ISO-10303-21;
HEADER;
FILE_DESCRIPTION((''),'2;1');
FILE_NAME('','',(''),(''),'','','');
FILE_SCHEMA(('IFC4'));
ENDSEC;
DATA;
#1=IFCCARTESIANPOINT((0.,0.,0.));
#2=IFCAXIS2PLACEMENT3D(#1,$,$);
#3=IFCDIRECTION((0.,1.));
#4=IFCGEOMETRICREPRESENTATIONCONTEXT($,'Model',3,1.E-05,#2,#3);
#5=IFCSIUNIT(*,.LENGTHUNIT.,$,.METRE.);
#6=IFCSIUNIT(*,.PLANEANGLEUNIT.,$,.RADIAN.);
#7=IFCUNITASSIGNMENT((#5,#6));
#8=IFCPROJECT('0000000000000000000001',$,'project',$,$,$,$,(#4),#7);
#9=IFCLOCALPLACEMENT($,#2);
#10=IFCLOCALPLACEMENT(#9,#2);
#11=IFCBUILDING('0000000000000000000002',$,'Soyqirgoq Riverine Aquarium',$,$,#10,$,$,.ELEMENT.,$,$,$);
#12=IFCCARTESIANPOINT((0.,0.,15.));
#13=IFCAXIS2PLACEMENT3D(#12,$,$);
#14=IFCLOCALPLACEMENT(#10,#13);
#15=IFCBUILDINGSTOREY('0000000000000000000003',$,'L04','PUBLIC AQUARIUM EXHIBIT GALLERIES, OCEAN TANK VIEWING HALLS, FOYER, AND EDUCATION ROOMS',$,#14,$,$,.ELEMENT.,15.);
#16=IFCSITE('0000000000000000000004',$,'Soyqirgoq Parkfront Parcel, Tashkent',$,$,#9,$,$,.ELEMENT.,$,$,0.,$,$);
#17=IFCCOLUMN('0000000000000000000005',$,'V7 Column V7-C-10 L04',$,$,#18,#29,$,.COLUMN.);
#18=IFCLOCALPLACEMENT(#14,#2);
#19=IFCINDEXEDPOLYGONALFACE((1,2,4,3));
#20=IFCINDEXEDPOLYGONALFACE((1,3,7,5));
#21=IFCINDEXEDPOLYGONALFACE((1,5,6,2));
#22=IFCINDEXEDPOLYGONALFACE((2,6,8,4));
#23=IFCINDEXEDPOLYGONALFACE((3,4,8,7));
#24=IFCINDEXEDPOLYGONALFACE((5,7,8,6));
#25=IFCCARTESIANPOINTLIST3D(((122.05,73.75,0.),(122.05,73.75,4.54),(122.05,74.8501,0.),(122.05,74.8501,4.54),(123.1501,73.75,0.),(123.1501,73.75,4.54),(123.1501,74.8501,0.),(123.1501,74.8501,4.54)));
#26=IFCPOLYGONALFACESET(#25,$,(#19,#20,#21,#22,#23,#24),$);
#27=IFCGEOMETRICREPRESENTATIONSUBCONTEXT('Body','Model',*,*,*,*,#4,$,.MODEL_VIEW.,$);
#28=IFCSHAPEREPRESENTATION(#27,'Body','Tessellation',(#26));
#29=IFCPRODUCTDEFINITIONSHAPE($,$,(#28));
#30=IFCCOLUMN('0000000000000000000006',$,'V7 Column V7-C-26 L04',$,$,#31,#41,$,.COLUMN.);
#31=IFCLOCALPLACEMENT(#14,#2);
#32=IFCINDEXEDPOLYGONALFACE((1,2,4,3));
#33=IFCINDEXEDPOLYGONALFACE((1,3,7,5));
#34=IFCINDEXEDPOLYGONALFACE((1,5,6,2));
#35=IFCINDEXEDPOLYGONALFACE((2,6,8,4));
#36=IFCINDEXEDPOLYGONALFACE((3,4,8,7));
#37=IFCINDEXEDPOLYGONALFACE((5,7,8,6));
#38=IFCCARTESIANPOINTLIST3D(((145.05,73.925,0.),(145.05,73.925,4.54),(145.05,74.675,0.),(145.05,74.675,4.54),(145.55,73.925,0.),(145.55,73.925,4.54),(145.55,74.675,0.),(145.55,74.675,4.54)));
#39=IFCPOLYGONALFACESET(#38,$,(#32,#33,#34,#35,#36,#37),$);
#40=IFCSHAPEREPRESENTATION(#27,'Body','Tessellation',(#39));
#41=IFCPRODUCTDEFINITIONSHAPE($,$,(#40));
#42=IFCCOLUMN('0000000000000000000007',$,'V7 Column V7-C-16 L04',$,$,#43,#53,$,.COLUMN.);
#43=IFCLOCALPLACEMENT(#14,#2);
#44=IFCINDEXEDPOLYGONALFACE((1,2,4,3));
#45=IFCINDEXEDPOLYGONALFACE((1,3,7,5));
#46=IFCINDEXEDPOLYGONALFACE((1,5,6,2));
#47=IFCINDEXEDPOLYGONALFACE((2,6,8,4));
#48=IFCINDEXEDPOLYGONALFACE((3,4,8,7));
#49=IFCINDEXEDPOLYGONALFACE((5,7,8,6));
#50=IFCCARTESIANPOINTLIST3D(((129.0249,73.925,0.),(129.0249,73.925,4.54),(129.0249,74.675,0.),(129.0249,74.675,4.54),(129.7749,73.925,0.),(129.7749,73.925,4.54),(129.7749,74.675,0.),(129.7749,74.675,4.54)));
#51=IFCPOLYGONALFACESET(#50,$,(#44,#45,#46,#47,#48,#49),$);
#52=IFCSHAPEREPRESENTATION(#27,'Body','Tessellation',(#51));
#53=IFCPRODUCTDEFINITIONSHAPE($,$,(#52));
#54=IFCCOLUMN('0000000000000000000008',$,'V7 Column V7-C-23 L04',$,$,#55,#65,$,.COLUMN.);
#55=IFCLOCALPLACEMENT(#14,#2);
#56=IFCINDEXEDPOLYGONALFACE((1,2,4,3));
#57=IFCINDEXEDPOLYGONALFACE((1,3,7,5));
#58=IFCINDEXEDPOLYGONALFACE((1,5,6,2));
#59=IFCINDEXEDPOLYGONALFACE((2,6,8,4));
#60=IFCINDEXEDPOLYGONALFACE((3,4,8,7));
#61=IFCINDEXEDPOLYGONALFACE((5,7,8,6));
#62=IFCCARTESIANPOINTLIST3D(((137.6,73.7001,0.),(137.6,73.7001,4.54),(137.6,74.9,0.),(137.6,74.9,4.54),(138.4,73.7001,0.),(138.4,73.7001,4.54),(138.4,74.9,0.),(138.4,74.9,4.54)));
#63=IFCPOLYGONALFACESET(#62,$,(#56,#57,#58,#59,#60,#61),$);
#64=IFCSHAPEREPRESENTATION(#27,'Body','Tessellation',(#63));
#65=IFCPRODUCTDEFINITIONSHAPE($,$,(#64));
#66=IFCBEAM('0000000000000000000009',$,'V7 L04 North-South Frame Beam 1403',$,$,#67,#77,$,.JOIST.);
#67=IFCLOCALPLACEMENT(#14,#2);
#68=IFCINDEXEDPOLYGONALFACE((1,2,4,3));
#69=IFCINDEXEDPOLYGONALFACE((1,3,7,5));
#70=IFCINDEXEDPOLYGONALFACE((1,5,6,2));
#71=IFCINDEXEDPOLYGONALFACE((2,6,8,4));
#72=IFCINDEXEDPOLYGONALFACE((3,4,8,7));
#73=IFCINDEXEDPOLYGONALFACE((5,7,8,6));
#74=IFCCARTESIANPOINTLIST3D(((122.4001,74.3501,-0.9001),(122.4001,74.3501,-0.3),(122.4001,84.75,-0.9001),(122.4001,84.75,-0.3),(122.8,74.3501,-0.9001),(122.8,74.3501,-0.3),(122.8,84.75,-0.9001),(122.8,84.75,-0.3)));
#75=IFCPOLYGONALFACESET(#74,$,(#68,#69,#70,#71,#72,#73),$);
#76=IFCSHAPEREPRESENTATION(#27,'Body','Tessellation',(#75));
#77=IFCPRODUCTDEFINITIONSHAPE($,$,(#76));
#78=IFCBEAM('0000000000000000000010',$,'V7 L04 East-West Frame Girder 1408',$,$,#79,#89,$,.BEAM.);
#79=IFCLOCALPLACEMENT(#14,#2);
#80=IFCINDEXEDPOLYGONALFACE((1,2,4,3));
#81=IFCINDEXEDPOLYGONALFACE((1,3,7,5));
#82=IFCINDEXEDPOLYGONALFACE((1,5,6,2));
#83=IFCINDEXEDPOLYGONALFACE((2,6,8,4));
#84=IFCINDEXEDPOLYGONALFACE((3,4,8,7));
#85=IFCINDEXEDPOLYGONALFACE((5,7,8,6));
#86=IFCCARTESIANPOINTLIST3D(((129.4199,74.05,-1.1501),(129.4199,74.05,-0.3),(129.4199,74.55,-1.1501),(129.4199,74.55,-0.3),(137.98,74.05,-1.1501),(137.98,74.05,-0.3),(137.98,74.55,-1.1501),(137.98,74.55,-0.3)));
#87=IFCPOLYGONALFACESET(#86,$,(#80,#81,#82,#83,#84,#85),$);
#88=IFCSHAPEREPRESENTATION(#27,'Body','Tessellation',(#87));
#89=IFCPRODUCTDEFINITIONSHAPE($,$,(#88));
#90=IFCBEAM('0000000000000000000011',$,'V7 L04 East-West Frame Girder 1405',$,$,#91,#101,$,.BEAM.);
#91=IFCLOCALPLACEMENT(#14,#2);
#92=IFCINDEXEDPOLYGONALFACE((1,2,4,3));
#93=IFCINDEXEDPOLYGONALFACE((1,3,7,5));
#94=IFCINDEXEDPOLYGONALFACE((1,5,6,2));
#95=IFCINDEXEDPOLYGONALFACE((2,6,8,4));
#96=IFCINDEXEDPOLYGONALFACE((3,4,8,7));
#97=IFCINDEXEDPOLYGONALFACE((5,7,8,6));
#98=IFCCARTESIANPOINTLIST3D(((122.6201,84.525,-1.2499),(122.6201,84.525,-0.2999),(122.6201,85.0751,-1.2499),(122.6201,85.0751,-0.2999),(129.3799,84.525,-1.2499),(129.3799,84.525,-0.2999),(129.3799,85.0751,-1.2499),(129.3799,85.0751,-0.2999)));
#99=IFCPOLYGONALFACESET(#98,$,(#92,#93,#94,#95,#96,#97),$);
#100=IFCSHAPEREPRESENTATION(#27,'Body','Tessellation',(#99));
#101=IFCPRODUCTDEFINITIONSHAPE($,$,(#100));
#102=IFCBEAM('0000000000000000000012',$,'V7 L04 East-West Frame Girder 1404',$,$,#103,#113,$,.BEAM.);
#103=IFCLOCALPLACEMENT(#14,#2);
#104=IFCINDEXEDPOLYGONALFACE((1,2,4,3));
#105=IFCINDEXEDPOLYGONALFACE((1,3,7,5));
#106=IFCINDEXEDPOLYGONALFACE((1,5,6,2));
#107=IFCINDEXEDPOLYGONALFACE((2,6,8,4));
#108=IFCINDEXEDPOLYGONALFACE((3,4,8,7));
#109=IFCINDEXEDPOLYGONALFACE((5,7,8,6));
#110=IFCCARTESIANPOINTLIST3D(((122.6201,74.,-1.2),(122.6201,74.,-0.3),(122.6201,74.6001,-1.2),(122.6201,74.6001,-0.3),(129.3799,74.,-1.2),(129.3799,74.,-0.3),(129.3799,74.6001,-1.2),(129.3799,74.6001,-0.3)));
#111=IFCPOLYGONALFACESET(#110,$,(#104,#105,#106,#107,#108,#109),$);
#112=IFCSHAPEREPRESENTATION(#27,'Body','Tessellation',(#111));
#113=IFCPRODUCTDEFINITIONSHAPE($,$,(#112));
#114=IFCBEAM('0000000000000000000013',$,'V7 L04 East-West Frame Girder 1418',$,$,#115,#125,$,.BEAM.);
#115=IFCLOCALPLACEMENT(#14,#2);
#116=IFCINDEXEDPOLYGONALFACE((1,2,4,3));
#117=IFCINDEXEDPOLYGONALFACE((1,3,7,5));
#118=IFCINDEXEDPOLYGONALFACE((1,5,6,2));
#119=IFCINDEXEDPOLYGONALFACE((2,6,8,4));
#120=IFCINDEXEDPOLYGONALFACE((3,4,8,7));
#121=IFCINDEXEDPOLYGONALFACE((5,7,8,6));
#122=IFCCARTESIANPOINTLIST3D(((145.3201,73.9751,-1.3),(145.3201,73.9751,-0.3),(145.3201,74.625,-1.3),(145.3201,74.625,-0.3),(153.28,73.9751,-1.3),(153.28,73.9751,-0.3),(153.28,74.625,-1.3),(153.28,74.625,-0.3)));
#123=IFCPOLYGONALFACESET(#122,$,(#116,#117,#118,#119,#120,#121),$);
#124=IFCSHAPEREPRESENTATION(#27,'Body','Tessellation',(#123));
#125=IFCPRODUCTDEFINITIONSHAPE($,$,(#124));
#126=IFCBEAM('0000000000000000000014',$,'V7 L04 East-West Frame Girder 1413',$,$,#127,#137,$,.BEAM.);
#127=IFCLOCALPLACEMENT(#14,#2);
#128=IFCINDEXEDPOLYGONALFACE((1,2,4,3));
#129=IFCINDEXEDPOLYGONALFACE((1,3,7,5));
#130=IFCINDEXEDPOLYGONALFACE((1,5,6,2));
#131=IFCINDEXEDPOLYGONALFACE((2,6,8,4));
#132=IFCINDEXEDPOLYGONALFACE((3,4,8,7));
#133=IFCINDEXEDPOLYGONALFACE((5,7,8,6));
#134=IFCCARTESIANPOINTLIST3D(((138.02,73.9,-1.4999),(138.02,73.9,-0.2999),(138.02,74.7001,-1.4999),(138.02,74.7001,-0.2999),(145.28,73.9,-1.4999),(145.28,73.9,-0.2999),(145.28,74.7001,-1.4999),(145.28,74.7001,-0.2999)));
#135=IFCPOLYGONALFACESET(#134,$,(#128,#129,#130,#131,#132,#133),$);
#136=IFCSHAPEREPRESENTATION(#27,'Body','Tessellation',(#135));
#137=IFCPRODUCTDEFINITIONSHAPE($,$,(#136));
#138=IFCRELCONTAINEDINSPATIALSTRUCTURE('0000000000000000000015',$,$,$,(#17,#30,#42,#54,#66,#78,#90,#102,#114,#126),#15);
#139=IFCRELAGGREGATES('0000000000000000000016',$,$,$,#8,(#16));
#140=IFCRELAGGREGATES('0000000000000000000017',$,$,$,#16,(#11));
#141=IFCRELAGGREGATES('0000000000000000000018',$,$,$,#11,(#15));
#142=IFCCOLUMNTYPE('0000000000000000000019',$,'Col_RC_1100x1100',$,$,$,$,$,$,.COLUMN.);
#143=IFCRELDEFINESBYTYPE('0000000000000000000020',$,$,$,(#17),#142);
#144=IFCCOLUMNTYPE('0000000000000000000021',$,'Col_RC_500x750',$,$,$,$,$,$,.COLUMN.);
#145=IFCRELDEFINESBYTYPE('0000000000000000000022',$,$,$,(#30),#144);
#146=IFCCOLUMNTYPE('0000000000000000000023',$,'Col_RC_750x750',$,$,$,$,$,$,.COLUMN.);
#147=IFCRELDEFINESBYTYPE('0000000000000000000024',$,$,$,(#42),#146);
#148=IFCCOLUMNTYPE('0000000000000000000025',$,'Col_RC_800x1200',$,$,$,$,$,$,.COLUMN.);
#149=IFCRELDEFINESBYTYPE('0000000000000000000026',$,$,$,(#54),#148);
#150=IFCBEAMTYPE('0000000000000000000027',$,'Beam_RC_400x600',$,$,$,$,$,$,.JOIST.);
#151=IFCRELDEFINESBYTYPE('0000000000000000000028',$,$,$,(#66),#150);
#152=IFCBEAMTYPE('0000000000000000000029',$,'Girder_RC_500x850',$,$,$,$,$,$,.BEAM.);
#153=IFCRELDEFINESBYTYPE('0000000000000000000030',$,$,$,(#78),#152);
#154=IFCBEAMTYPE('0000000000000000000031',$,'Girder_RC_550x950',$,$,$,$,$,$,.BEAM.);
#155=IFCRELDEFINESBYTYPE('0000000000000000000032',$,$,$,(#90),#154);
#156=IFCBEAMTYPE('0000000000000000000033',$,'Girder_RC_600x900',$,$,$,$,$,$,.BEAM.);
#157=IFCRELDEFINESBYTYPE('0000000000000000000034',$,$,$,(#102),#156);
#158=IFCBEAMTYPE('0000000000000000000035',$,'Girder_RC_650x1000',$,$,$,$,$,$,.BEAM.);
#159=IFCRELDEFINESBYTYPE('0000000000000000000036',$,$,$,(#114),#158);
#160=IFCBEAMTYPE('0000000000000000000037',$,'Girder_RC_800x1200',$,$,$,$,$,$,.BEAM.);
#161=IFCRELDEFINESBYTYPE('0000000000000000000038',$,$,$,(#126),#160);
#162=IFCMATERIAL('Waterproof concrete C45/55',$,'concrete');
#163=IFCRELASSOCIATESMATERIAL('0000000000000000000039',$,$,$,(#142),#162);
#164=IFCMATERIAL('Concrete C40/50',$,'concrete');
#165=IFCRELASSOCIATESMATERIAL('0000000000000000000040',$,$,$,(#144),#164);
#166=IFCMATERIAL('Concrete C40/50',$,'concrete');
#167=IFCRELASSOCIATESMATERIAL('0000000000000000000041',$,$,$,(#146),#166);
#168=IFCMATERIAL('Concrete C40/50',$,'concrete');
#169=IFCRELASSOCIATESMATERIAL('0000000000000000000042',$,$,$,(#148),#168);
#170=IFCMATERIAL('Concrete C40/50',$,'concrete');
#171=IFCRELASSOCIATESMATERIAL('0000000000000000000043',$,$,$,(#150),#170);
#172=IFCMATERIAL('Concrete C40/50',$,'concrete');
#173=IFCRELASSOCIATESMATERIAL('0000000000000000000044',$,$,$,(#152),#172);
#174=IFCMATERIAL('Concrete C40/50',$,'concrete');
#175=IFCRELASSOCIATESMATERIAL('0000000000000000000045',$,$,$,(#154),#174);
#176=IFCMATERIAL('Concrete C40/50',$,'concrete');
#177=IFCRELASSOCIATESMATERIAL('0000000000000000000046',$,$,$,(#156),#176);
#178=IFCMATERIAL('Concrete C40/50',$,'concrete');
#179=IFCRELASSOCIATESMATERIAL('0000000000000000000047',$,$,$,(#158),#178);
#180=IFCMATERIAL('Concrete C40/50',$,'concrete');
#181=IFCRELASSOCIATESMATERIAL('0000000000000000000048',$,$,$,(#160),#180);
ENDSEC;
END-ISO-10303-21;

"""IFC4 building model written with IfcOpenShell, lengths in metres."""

from ifc_helpers import new_model, si_unit, direction, frame, origin, origin_2d, place, context, subcontext, project, spatial, rectangle, extrude, material, material_profile, profile_set, type_object, element, save


model = new_model("IFC4")

# Units and contexts
model_context = context("Model", 3, precision=1e-05, world=origin(), true_north=direction((0.0, 1.0)))
body_context = subcontext(model_context, "Body", "Model", "MODEL_VIEW")
ifc_project = project(units=[si_unit("LENGTHUNIT", "METRE"), si_unit("PLANEANGLEUNIT", "RADIAN")], contexts=[model_context])

# Site, building, storey
site_placement = place(None, origin())
site = spatial("IfcSite", under=ifc_project, at=site_placement, Name="Soyqirgoq Parkfront Parcel, Tashkent", CompositionType="ELEMENT", RefElevation=0.0)
building_placement = place(site_placement, origin())
building = spatial("IfcBuilding", under=site, at=building_placement, Name="Soyqirgoq Riverine Aquarium", CompositionType="ELEMENT")
storey_placement = place(building_placement, frame((0.0, 0.0, 15.0)))
storey = spatial("IfcBuildingStorey", under=building, at=storey_placement, Name="L04", Description="PUBLIC AQUARIUM EXHIBIT GALLERIES, OCEAN TANK VIEWING HALLS, FOYER, AND EDUCATION ROOMS", CompositionType="ELEMENT", Elevation=15.0)

# Columns
ifc_material_1 = material(Name="Waterproof concrete C45/55", Category="concrete")
ifc_material_profile_1 = material_profile(ifc_material_1, rectangle(XDim=1.1001, YDim=1.1001, at=origin_2d()), Name="RC 1100x1100")
ifc_profile_set_1 = profile_set([ifc_material_profile_1], Name="Waterproof concrete C45/55")
column_type_1 = type_object("IfcColumnType", Name="Col_RC_1100x1100", PredefinedType="COLUMN", material=ifc_profile_set_1)
column_1_placement = place(storey_placement, frame((122.6001, 74.3, 0.0), z_axis=(0.0, 0.0, 1.0), x_axis=(1.0, 0.0, 0.0)))
element("IfcColumn", 1, at=column_1_placement, inside=storey, type_object=column_type_1, Name="V7 Column V7-C-10 L04", PredefinedType="COLUMN", context=body_context, shape_type="SweptSolid", body=[
    extrude(rectangle(XDim=1.1001, YDim=1.1001, at=origin_2d()), origin(), (0.0, 0.0, 1.0), 4.54),
])
ifc_material_2 = material(Name="Concrete C40/50", Category="concrete")
ifc_material_profile_2 = material_profile(ifc_material_2, rectangle(XDim=0.5, YDim=0.75, at=origin_2d()), Name="RC-COL 500x750")
ifc_profile_set_2 = profile_set([ifc_material_profile_2], Name="Concrete C40/50")
column_type_2 = type_object("IfcColumnType", Name="Col_RC_500x750", PredefinedType="COLUMN", material=ifc_profile_set_2)
column_2_placement = place(storey_placement, frame((145.3, 74.3, 0.0), z_axis=(0.0, 0.0, 1.0), x_axis=(1.0, 0.0, 0.0)))
element("IfcColumn", 2, at=column_2_placement, inside=storey, type_object=column_type_2, Name="V7 Column V7-C-26 L04", PredefinedType="COLUMN", context=body_context, shape_type="SweptSolid", body=[
    extrude(rectangle(XDim=0.5, YDim=0.75, at=origin_2d()), origin(), (0.0, 0.0, 1.0), 4.54),
])
ifc_material_3 = material(Name="Concrete C40/50", Category="concrete")
ifc_material_profile_3 = material_profile(ifc_material_3, rectangle(XDim=0.75, YDim=0.75, at=origin_2d()), Name="RC 750x750")
ifc_profile_set_3 = profile_set([ifc_material_profile_3], Name="Concrete C40/50")
column_type_3 = type_object("IfcColumnType", Name="Col_RC_750x750", PredefinedType="COLUMN", material=ifc_profile_set_3)
column_3_placement = place(storey_placement, frame((129.3999, 74.3, 0.0), z_axis=(0.0, 0.0, 1.0), x_axis=(1.0, 0.0, 0.0)))
element("IfcColumn", 3, at=column_3_placement, inside=storey, type_object=column_type_3, Name="V7 Column V7-C-16 L04", PredefinedType="COLUMN", context=body_context, shape_type="SweptSolid", body=[
    extrude(rectangle(XDim=0.75, YDim=0.75, at=origin_2d()), origin(), (0.0, 0.0, 1.0), 4.54),
])
ifc_material_4 = material(Name="Concrete C40/50", Category="concrete")
ifc_material_profile_4 = material_profile(ifc_material_4, rectangle(XDim=0.8, YDim=1.2, at=origin_2d()), Name="RC-COL 800x1200")
ifc_profile_set_4 = profile_set([ifc_material_profile_4], Name="Concrete C40/50")
column_type_4 = type_object("IfcColumnType", Name="Col_RC_800x1200", PredefinedType="COLUMN", material=ifc_profile_set_4)
column_4_placement = place(storey_placement, frame((138.0, 74.3, 0.0), z_axis=(0.0, 0.0, 1.0), x_axis=(1.0, 0.0, 0.0)))
element("IfcColumn", 4, at=column_4_placement, inside=storey, type_object=column_type_4, Name="V7 Column V7-C-23 L04", PredefinedType="COLUMN", context=body_context, shape_type="SweptSolid", body=[
    extrude(rectangle(XDim=0.8, YDim=1.2, at=origin_2d()), origin(), (0.0, 0.0, 1.0), 4.54),
])

# Beams
ifc_material_5 = material(Name="Concrete C40/50", Category="concrete")
ifc_material_profile_5 = material_profile(ifc_material_5, rectangle(XDim=0.3999, YDim=0.6001, at=origin_2d()), Name="RC 400x600")
ifc_profile_set_5 = profile_set([ifc_material_profile_5], Name="Concrete C40/50")
beam_type_1 = type_object("IfcBeamType", Name="Beam_RC_400x600", PredefinedType="JOIST", material=ifc_profile_set_5)
beam_1_placement = place(storey_placement, frame((122.6001, 74.3501, -0.6001), z_axis=(0.0, 1.0, 0.0), x_axis=(-1.0, 0.0, 0.0)))
element("IfcBeam", 5, at=beam_1_placement, inside=storey, type_object=beam_type_1, Name="V7 L04 North-South Frame Beam 1403", PredefinedType="JOIST", context=body_context, shape_type="SweptSolid", body=[
    extrude(rectangle(XDim=0.3999, YDim=0.6001, at=origin_2d()), origin(), (0.0, 0.0, 1.0), 10.3999),
])
ifc_material_6 = material(Name="Concrete C40/50", Category="concrete")
ifc_material_profile_6 = material_profile(ifc_material_6, rectangle(XDim=0.5, YDim=0.8501, at=origin_2d()), Name="RC 500x850")
ifc_profile_set_6 = profile_set([ifc_material_profile_6], Name="Concrete C40/50")
beam_type_2 = type_object("IfcBeamType", Name="Girder_RC_500x850", PredefinedType="BEAM", material=ifc_profile_set_6)
beam_2_placement = place(storey_placement, frame((129.4199, 74.3, -0.7251), z_axis=(1.0, 0.0, 0.0), x_axis=(0.0, 1.0, 0.0)))
element("IfcBeam", 6, at=beam_2_placement, inside=storey, type_object=beam_type_2, Name="V7 L04 East-West Frame Girder 1408", PredefinedType="BEAM", context=body_context, shape_type="SweptSolid", body=[
    extrude(rectangle(XDim=0.5, YDim=0.8501, at=origin_2d()), origin(), (0.0, 0.0, 1.0), 8.5601),
])
ifc_material_7 = material(Name="Concrete C40/50", Category="concrete")
ifc_material_profile_7 = material_profile(ifc_material_7, rectangle(XDim=0.55, YDim=0.95, at=origin_2d()), Name="RC 550x950")
ifc_profile_set_7 = profile_set([ifc_material_profile_7], Name="Concrete C40/50")
beam_type_3 = type_object("IfcBeamType", Name="Girder_RC_550x950", PredefinedType="BEAM", material=ifc_profile_set_7)
beam_3_placement = place(storey_placement, frame((122.6201, 84.8, -0.7749), z_axis=(1.0, 0.0, 0.0), x_axis=(0.0, 1.0, 0.0)))
element("IfcBeam", 7, at=beam_3_placement, inside=storey, type_object=beam_type_3, Name="V7 L04 East-West Frame Girder 1405", PredefinedType="BEAM", context=body_context, shape_type="SweptSolid", body=[
    extrude(rectangle(XDim=0.55, YDim=0.95, at=origin_2d()), origin(), (0.0, 0.0, 1.0), 6.7598),
])
ifc_material_8 = material(Name="Concrete C40/50", Category="concrete")
ifc_material_profile_8 = material_profile(ifc_material_8, rectangle(XDim=0.6001, YDim=0.8999, at=origin_2d()), Name="RC 600x900")
ifc_profile_set_8 = profile_set([ifc_material_profile_8], Name="Concrete C40/50")
beam_type_4 = type_object("IfcBeamType", Name="Girder_RC_600x900", PredefinedType="BEAM", material=ifc_profile_set_8)
beam_4_placement = place(storey_placement, frame((122.6201, 74.3, -0.75), z_axis=(1.0, 0.0, 0.0), x_axis=(0.0, 1.0, 0.0)))
element("IfcBeam", 8, at=beam_4_placement, inside=storey, type_object=beam_type_4, Name="V7 L04 East-West Frame Girder 1404", PredefinedType="BEAM", context=body_context, shape_type="SweptSolid", body=[
    extrude(rectangle(XDim=0.6001, YDim=0.8999, at=origin_2d()), origin(), (0.0, 0.0, 1.0), 6.7598),
])
ifc_material_9 = material(Name="Concrete C40/50", Category="concrete")
ifc_material_profile_9 = material_profile(ifc_material_9, rectangle(XDim=0.6499, YDim=1.0, at=origin_2d()), Name="RC 650x1000")
ifc_profile_set_9 = profile_set([ifc_material_profile_9], Name="Concrete C40/50")
beam_type_5 = type_object("IfcBeamType", Name="Girder_RC_650x1000", PredefinedType="BEAM", material=ifc_profile_set_9)
beam_5_placement = place(storey_placement, frame((145.3201, 74.3, -0.8), z_axis=(1.0, 0.0, 0.0), x_axis=(0.0, 1.0, 0.0)))
element("IfcBeam", 9, at=beam_5_placement, inside=storey, type_object=beam_type_5, Name="V7 L04 East-West Frame Girder 1418", PredefinedType="BEAM", context=body_context, shape_type="SweptSolid", body=[
    extrude(rectangle(XDim=0.6499, YDim=1.0, at=origin_2d()), origin(), (0.0, 0.0, 1.0), 7.96),
])
ifc_material_10 = material(Name="Concrete C40/50", Category="concrete")
ifc_material_profile_10 = material_profile(ifc_material_10, rectangle(XDim=0.8, YDim=1.2, at=origin_2d()), Name="RC 800x1200")
ifc_profile_set_10 = profile_set([ifc_material_profile_10], Name="Concrete C40/50")
beam_type_6 = type_object("IfcBeamType", Name="Girder_RC_800x1200", PredefinedType="BEAM", material=ifc_profile_set_10)
beam_6_placement = place(storey_placement, frame((138.02, 74.3, -0.8999), z_axis=(1.0, 0.0, 0.0), x_axis=(0.0, 1.0, 0.0)))
element("IfcBeam", 10, at=beam_6_placement, inside=storey, type_object=beam_type_6, Name="V7 L04 East-West Frame Girder 1413", PredefinedType="BEAM", context=body_context, shape_type="SweptSolid", body=[
    extrude(rectangle(XDim=0.8, YDim=1.2, at=origin_2d()), origin(), (0.0, 0.0, 1.0), 7.26),
])

save(model, "model.ifc")
